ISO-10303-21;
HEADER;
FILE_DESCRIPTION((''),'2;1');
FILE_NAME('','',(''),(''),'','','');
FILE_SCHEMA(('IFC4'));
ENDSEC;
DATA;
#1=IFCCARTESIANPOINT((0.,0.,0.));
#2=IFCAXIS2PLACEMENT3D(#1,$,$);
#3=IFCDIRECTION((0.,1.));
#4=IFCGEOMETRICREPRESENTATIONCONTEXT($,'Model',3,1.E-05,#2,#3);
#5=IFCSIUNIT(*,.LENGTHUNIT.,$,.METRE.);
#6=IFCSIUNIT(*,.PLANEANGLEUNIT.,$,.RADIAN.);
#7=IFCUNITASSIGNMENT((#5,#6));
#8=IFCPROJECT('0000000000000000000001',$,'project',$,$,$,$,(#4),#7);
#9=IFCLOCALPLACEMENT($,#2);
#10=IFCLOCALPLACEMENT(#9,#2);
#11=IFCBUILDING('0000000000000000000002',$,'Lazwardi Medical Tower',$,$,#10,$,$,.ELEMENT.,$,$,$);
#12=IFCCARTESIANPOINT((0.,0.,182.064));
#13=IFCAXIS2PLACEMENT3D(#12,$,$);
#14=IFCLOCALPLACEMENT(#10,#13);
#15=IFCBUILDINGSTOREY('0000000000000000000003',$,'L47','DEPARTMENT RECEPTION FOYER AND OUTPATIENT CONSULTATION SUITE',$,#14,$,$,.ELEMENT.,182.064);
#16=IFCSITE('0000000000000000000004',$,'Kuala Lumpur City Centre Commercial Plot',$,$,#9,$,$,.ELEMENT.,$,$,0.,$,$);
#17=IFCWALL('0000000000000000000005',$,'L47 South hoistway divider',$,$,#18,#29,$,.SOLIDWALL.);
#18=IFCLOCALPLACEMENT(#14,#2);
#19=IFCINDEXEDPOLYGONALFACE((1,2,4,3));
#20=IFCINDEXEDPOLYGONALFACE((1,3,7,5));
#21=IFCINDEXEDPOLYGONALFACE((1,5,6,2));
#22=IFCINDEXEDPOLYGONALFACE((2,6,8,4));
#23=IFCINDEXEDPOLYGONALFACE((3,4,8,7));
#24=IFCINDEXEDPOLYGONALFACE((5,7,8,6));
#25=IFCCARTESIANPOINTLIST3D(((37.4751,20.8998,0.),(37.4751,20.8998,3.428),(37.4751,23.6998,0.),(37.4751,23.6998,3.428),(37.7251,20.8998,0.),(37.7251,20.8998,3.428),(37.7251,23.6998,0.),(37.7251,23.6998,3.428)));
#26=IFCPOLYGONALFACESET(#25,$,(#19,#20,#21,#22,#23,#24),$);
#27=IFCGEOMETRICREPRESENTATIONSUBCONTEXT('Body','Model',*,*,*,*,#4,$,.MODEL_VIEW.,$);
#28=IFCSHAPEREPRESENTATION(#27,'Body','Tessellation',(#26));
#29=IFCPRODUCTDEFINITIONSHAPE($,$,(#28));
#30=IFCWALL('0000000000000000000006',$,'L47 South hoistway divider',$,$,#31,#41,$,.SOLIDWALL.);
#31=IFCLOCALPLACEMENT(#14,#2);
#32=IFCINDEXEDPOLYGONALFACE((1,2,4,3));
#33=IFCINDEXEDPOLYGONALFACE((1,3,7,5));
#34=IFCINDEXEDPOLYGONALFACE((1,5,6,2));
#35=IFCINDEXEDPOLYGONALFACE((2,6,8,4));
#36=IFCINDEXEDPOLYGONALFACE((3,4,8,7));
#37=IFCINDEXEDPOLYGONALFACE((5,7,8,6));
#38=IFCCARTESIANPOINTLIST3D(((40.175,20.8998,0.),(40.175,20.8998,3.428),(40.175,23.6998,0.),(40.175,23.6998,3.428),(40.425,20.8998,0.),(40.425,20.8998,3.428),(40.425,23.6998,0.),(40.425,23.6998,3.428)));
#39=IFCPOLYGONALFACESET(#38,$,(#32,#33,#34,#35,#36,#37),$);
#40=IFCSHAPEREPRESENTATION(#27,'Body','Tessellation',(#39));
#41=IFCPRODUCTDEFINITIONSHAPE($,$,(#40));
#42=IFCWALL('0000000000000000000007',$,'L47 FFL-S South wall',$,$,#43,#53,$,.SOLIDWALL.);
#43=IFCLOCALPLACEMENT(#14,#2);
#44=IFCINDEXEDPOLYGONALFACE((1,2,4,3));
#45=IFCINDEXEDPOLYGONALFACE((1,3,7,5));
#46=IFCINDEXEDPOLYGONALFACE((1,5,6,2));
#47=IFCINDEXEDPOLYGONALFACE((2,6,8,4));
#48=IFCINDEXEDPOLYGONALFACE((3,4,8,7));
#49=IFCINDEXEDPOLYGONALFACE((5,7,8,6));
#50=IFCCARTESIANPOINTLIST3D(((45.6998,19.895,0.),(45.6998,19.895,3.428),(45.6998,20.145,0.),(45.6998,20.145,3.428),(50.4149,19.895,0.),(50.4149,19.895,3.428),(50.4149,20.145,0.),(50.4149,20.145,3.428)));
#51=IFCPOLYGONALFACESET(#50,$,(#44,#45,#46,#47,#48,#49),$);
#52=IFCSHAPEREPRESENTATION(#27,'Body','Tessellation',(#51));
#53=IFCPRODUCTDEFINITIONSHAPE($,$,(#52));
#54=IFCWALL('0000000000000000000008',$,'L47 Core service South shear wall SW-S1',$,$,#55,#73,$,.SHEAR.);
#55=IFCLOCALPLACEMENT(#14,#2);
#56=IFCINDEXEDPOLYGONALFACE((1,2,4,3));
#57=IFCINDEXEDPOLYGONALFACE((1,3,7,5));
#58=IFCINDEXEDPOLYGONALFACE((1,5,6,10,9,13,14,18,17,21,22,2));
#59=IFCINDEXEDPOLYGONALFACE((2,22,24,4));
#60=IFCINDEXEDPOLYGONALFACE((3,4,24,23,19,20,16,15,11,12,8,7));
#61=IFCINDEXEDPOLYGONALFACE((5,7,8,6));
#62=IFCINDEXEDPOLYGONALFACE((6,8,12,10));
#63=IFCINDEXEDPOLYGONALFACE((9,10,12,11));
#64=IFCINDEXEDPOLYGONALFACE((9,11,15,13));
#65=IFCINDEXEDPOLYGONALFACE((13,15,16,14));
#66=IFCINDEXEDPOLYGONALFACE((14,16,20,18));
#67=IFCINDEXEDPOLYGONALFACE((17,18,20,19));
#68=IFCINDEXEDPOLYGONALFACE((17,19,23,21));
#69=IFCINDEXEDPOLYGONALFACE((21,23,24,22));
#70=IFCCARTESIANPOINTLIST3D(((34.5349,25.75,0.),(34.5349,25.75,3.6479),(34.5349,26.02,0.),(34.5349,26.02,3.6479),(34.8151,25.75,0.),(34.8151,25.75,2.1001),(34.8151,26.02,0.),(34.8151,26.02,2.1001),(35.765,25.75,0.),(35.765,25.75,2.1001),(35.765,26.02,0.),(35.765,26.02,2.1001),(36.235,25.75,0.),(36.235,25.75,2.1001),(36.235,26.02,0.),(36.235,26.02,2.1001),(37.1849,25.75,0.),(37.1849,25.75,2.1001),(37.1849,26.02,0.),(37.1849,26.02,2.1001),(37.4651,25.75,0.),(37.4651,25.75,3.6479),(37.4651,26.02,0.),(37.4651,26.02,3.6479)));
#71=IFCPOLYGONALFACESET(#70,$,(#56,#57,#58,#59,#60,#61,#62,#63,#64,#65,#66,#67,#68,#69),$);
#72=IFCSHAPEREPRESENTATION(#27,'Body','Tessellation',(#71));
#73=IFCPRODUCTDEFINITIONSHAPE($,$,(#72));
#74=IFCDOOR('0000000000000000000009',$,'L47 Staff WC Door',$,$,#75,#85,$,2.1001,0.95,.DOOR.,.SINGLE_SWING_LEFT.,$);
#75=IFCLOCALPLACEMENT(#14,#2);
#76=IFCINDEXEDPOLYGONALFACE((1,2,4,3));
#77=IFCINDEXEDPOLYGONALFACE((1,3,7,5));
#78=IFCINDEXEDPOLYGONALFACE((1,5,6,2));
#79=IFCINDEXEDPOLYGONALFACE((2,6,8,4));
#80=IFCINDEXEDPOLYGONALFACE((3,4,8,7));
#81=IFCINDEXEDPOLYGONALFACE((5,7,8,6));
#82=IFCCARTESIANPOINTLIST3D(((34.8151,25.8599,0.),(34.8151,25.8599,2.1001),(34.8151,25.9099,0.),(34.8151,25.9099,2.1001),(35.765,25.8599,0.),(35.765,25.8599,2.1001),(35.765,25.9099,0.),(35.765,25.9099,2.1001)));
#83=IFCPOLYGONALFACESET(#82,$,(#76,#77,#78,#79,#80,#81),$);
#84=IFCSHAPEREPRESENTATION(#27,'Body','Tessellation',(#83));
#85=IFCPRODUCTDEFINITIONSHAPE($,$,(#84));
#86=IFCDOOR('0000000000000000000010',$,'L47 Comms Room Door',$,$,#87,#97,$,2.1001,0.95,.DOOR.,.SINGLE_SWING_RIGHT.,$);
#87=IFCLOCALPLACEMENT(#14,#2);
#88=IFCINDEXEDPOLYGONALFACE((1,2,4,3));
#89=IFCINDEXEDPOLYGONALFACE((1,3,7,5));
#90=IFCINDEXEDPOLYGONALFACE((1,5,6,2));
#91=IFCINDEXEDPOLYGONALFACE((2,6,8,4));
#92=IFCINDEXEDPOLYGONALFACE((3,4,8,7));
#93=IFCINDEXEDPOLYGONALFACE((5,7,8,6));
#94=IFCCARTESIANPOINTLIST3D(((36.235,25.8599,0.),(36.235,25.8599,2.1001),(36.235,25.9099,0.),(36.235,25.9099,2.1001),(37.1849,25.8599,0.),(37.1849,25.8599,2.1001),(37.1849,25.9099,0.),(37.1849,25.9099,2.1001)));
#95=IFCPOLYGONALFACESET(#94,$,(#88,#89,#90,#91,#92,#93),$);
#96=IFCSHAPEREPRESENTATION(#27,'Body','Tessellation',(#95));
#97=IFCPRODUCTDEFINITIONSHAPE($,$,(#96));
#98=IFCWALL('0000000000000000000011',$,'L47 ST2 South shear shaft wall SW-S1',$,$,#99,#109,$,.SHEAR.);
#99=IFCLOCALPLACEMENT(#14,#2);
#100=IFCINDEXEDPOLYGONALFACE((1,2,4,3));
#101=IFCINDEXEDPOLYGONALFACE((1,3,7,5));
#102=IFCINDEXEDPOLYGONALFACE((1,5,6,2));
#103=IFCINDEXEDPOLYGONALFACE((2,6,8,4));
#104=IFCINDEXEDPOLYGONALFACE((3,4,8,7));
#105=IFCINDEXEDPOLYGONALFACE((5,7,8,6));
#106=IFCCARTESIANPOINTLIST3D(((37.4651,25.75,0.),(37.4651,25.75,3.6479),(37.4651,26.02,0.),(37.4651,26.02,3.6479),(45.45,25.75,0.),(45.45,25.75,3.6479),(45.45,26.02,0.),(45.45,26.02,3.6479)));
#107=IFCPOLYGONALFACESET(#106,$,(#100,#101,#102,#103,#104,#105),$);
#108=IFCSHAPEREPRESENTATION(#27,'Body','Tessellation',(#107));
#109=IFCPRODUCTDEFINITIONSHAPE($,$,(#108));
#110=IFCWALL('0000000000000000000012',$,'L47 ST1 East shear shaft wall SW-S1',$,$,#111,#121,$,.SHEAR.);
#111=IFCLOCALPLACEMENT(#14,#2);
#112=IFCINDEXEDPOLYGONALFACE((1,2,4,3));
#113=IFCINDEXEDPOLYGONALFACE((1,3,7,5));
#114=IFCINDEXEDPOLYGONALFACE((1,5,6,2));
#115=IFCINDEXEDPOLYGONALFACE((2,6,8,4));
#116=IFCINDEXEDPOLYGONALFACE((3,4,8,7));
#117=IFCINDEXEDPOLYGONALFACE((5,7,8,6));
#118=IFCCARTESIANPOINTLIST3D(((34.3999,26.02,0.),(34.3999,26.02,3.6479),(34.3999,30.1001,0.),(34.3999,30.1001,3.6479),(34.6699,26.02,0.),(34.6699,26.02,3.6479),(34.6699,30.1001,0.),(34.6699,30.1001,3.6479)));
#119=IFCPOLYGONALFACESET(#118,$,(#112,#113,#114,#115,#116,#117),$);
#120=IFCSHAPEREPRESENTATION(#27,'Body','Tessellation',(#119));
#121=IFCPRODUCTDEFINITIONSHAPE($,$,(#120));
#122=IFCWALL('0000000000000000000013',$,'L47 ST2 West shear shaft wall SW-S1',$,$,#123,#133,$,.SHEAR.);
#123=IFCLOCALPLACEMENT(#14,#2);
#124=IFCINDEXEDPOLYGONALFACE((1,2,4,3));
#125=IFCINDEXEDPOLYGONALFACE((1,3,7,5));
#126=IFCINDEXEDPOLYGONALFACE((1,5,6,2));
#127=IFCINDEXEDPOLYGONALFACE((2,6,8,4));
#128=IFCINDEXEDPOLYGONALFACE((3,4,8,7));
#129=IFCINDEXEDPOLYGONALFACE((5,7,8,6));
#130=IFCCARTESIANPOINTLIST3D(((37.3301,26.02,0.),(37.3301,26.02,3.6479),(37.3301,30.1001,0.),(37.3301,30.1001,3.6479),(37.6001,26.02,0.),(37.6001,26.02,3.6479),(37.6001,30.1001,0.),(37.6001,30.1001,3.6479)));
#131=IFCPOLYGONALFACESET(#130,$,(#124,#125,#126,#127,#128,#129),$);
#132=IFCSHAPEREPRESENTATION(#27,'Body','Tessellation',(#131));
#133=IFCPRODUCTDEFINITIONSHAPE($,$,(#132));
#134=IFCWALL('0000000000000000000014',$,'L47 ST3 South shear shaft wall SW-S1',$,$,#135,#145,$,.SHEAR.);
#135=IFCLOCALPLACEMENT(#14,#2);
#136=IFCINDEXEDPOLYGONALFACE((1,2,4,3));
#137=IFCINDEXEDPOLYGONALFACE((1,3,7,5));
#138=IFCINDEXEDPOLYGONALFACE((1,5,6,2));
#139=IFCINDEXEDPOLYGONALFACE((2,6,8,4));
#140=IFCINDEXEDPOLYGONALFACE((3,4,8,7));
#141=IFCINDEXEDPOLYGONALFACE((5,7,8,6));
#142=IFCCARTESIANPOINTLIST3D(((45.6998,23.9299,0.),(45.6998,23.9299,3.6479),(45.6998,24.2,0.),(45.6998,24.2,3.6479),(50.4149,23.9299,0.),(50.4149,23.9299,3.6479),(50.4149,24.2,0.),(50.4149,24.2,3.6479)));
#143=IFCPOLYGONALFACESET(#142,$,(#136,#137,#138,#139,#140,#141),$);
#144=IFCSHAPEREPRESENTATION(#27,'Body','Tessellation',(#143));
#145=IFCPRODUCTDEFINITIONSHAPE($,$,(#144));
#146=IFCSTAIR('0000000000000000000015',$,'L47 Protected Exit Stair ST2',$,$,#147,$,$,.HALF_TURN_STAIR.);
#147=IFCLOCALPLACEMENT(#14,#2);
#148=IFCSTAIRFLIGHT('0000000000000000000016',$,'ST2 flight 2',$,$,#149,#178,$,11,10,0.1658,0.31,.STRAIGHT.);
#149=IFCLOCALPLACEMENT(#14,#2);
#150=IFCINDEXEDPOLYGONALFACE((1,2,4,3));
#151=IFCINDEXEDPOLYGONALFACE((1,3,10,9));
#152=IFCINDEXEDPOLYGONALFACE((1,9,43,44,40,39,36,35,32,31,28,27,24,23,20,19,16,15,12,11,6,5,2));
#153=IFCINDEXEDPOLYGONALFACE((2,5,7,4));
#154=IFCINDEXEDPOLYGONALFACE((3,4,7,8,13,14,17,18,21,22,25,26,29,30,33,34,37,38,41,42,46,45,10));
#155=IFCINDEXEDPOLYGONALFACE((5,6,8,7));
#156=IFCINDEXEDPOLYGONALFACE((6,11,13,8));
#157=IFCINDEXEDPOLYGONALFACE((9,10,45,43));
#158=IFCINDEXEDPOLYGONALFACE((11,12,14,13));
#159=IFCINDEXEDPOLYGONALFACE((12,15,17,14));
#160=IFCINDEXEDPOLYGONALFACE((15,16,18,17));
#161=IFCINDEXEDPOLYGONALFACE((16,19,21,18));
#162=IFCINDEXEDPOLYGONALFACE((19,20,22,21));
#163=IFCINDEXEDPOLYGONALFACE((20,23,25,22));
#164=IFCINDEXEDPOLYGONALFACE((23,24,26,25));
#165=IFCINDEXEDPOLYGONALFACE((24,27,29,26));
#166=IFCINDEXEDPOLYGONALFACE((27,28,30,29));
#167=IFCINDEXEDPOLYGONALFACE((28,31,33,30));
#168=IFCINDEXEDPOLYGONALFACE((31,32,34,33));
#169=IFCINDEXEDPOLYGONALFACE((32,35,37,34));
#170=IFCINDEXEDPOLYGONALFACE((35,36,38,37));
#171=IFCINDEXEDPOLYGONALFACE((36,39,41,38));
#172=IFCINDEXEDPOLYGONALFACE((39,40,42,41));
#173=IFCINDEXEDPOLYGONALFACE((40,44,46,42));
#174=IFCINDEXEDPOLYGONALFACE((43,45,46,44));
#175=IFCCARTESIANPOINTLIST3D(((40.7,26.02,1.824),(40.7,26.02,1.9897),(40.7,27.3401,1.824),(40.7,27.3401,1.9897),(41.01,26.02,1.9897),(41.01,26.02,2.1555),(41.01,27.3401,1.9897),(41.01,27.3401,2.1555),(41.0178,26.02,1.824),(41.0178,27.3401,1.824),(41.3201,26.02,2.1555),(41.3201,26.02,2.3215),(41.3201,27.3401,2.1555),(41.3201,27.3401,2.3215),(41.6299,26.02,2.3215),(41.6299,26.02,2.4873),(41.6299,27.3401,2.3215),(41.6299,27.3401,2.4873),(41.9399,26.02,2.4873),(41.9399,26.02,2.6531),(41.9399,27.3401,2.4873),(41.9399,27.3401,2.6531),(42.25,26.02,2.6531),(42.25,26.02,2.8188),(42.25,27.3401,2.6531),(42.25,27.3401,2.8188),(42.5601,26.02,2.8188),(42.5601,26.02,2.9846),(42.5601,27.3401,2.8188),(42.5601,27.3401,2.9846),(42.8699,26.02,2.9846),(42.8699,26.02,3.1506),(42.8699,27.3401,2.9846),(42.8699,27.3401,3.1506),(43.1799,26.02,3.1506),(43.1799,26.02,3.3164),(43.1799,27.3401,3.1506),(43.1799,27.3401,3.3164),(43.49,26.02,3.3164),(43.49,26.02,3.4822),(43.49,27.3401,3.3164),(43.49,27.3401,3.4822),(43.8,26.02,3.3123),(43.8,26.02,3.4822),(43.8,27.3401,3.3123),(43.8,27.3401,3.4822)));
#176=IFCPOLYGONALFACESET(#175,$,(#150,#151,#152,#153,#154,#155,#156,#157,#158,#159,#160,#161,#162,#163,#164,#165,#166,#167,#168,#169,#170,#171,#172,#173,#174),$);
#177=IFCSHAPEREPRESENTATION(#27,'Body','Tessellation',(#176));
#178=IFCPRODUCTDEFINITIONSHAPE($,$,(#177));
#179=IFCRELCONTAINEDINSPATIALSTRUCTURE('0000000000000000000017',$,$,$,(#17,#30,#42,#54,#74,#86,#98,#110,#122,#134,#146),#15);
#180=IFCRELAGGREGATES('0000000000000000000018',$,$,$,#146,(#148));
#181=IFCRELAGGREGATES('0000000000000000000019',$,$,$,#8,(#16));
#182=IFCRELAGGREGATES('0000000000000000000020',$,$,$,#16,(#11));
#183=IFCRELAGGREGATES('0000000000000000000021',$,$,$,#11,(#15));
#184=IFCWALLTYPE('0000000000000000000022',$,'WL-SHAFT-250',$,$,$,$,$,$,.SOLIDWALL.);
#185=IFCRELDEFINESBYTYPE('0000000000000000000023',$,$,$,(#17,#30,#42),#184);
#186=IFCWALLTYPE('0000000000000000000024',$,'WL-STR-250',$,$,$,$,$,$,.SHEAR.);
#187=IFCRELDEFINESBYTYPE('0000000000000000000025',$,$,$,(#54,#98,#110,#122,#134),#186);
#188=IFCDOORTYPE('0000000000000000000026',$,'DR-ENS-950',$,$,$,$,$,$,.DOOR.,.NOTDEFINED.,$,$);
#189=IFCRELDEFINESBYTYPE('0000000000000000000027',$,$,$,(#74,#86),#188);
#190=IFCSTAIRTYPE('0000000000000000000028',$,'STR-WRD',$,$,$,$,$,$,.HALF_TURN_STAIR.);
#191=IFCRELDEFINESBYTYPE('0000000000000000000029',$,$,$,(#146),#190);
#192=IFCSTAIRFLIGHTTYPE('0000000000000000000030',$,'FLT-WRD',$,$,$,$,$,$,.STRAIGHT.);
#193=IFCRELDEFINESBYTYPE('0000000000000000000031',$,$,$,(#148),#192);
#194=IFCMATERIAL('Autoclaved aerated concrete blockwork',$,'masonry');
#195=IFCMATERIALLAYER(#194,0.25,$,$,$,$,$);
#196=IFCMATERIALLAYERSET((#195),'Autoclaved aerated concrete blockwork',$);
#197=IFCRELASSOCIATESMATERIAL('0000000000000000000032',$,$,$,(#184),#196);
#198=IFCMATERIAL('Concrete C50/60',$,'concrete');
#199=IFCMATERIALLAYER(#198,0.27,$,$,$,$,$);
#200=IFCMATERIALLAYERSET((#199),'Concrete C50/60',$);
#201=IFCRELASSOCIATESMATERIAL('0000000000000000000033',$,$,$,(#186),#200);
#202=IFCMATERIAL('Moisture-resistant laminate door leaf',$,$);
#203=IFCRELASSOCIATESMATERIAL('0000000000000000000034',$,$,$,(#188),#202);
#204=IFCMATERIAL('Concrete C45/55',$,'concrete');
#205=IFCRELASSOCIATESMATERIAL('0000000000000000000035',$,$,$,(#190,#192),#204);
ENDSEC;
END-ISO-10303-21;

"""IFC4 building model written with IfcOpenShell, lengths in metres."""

from ifc_helpers import new_model, si_unit, direction, frame, frame_2d, origin, place, context, subcontext, project, spatial, polyline, rectangle, outline, extrude, material, layer, layer_set, type_object, element, fill, aggregate, save


model = new_model("IFC4")

# Units and contexts
model_context = context("Model", 3, precision=1e-05, world=origin(), true_north=direction((0.0, 1.0)))
body_context = subcontext(model_context, "Body", "Model", "MODEL_VIEW")
ifc_project = project(units=[si_unit("LENGTHUNIT", "METRE"), si_unit("PLANEANGLEUNIT", "RADIAN")], contexts=[model_context])

# Site, building, storey
site_placement = place(None, origin())
site = spatial("IfcSite", under=ifc_project, at=site_placement, Name="Kuala Lumpur City Centre Commercial Plot", CompositionType="ELEMENT", RefElevation=0.0)
building_placement = place(site_placement, origin())
building = spatial("IfcBuilding", under=site, at=building_placement, Name="Lazwardi Medical Tower", CompositionType="ELEMENT")
storey_placement = place(building_placement, frame((0.0, 0.0, 182.064)))
storey = spatial("IfcBuildingStorey", under=building, at=storey_placement, Name="L47", Description="DEPARTMENT RECEPTION FOYER AND OUTPATIENT CONSULTATION SUITE", CompositionType="ELEMENT", Elevation=182.064)

# Walls
ifc_material_1 = material(Name="Autoclaved aerated concrete blockwork", Category="masonry")
ifc_layer_1 = layer(ifc_material_1, 0.25)
ifc_layer_set_1 = layer_set([ifc_layer_1], Name="Autoclaved aerated concrete blockwork")
wall_type_1 = type_object("IfcWallType", Name="WL-SHAFT-250", PredefinedType="SOLIDWALL", material=ifc_layer_set_1)
for number, where, z_axis, x_axis, name in (
    (1, (37.6001, 20.8999, 0.0), (0.0, 0.0, 1.0), (0.0, 1.0, 0.0), "L47 South hoistway divider"),
    (2, (40.3, 20.8999, 0.0), (0.0, 0.0, 1.0), (0.0, 1.0, 0.0), "L47 South hoistway divider"),
):
    element("IfcWall", number, at=place(storey_placement, frame(where, z_axis=z_axis, x_axis=x_axis)), inside=storey, type_object=wall_type_1, Name=name, PredefinedType="SOLIDWALL", context=body_context, shape_type="SweptSolid", body=[
        extrude(rectangle(XDim=2.8, YDim=0.25, at=frame_2d((1.3999, 0.0))), origin(), (0.0, 0.0, 1.0), 3.428),
    ])
wall_1_placement = place(storey_placement, frame((45.7, 20.02, 0.0), z_axis=(0.0, 0.0, 1.0), x_axis=(1.0, 0.0, 0.0)))
element("IfcWall", 3, at=wall_1_placement, inside=storey, type_object=wall_type_1, Name="L47 FFL-S South wall", PredefinedType="SOLIDWALL", context=body_context, shape_type="SweptSolid", body=[
    extrude(rectangle(XDim=4.7151, YDim=0.25, at=frame_2d((2.3574, 0.0))), origin(), (0.0, 0.0, 1.0), 3.428),
])

# Wall, openings, doors
ifc_material_2 = material(Name="Concrete C50/60", Category="concrete")
ifc_layer_2 = layer(ifc_material_2, 0.27)
ifc_layer_set_2 = layer_set([ifc_layer_2], Name="Concrete C50/60")
wall_type_2 = type_object("IfcWallType", Name="WL-STR-250", PredefinedType="SHEAR", material=ifc_layer_set_2)
wall_2_placement = place(storey_placement, frame((34.5349, 25.885, 0.0), z_axis=(0.0, 0.0, 1.0), x_axis=(1.0, 0.0, 0.0)))
wall_2 = element("IfcWall", 4, at=wall_2_placement, inside=storey, type_object=wall_type_2, Name="L47 Core service South shear wall SW-S1", PredefinedType="SHEAR", context=body_context, shape_type="SweptSolid", body=[
    extrude(rectangle(XDim=2.9302, YDim=0.27, at=frame_2d((1.4651, 0.0))), origin(), (0.0, 0.0, 1.0), 3.6479),
])
opening_1_placement = place(wall_2_placement, frame((0.28, 0.0, 0.0)))
opening_1 = element("IfcOpeningElement", 5, at=opening_1_placement, cuts=wall_2, PredefinedType="OPENING", context=body_context, shape_type="SweptSolid", body=[
    extrude(rectangle(XDim=0.95, YDim=2.1001, at=frame_2d((0.4751, 1.05))), frame((0.0, 0.145, 0.0), z_axis=(0.0, -1.0, 0.0), x_axis=(1.0, 0.0, 0.0)), (0.0, 0.0, 1.0), 0.29),
])
opening_2_placement = place(wall_2_placement, frame((1.7, 0.0, 0.0)))
opening_2 = element("IfcOpeningElement", 6, at=opening_2_placement, cuts=wall_2, PredefinedType="OPENING", context=body_context, shape_type="SweptSolid", body=[
    extrude(rectangle(XDim=0.95, YDim=2.1001, at=frame_2d((0.4751, 1.05))), frame((0.0, 0.145, 0.0), z_axis=(0.0, -1.0, 0.0), x_axis=(1.0, 0.0, 0.0)), (0.0, 0.0, 1.0), 0.29),
])
ifc_material_3 = material(Name="Moisture-resistant laminate door leaf")
door_type_1 = type_object("IfcDoorType", Name="DR-ENS-950", OperationType="NOTDEFINED", PredefinedType="DOOR", material=ifc_material_3)
door_1_placement = place(opening_1_placement, origin())
door_1 = element("IfcDoor", 7, at=door_1_placement, inside=storey, type_object=door_type_1, Name="L47 Staff WC Door", OperationType="SINGLE_SWING_LEFT", OverallHeight=2.1001, OverallWidth=0.95, PredefinedType="DOOR", context=body_context, shape_type="SweptSolid", body=[
    extrude(rectangle(XDim=0.95, YDim=2.1001, at=frame_2d((0.4751, 1.05))), frame((0.0, 0.0249, 0.0), z_axis=(0.0, -1.0, 0.0), x_axis=(1.0, 0.0, 0.0)), (0.0, 0.0, 1.0), 0.05),
])
fill(opening_1, door_1)
door_2_placement = place(opening_2_placement, origin())
door_2 = element("IfcDoor", 8, at=door_2_placement, inside=storey, type_object=door_type_1, Name="L47 Comms Room Door", OperationType="SINGLE_SWING_RIGHT", OverallHeight=2.1001, OverallWidth=0.95, PredefinedType="DOOR", context=body_context, shape_type="SweptSolid", body=[
    extrude(rectangle(XDim=0.95, YDim=2.1001, at=frame_2d((0.4751, 1.05))), frame((0.0, 0.0249, 0.0), z_axis=(0.0, -1.0, 0.0), x_axis=(1.0, 0.0, 0.0)), (0.0, 0.0, 1.0), 0.05),
])
fill(opening_2, door_2)

# Walls
wall_3_placement = place(storey_placement, frame((37.4651, 25.885, 0.0), z_axis=(0.0, 0.0, 1.0), x_axis=(1.0, 0.0, 0.0)))
element("IfcWall", 9, at=wall_3_placement, inside=storey, type_object=wall_type_2, Name="L47 ST2 South shear shaft wall SW-S1", PredefinedType="SHEAR", context=body_context, shape_type="SweptSolid", body=[
    extrude(rectangle(XDim=7.9849, YDim=0.27, at=frame_2d((3.9924, 0.0))), origin(), (0.0, 0.0, 1.0), 3.6479),
])
for number, where, z_axis, x_axis, name in (
    (10, (34.5349, 26.02, 0.0), (0.0, 0.0, 1.0), (0.0, 1.0, 0.0), "L47 ST1 East shear shaft wall SW-S1"),
    (11, (37.4651, 26.02, 0.0), (0.0, 0.0, 1.0), (0.0, 1.0, 0.0), "L47 ST2 West shear shaft wall SW-S1"),
):
    element("IfcWall", number, at=place(storey_placement, frame(where, z_axis=z_axis, x_axis=x_axis)), inside=storey, type_object=wall_type_2, Name=name, PredefinedType="SHEAR", context=body_context, shape_type="SweptSolid", body=[
        extrude(rectangle(XDim=4.0801, YDim=0.27, at=frame_2d((2.04, 0.0))), origin(), (0.0, 0.0, 1.0), 3.6479),
    ])
wall_4_placement = place(storey_placement, frame((45.7, 24.0649, 0.0), z_axis=(0.0, 0.0, 1.0), x_axis=(1.0, 0.0, 0.0)))
element("IfcWall", 12, at=wall_4_placement, inside=storey, type_object=wall_type_2, Name="L47 ST3 South shear shaft wall SW-S1", PredefinedType="SHEAR", context=body_context, shape_type="SweptSolid", body=[
    extrude(rectangle(XDim=4.7151, YDim=0.27, at=frame_2d((2.3574, 0.0))), origin(), (0.0, 0.0, 1.0), 3.6479),
])

# Stair, stair flight
ifc_material_4 = material(Name="Concrete C45/55", Category="concrete")
stair_type = type_object("IfcStairType", Name="STR-WRD", PredefinedType="HALF_TURN_STAIR", material=ifc_material_4)
stair_placement = place(storey_placement, origin())
stair = element("IfcStair", 13, at=stair_placement, inside=storey, type_object=stair_type, Name="L47 Protected Exit Stair ST2", PredefinedType="HALF_TURN_STAIR")
stair_flight_type = type_object("IfcStairFlightType", Name="FLT-WRD", PredefinedType="STRAIGHT", material=ifc_material_4)
stair_flight_placement = place(storey_placement, frame((40.7, 26.6799, 1.824), z_axis=(0.0, 0.0, 1.0), x_axis=(1.0, 0.0, 0.0)))
stair_flight = element("IfcStairFlight", 14, at=stair_flight_placement, type_object=stair_flight_type, Name="ST2 flight 2", NumberOfRisers=11, NumberOfTreads=10, PredefinedType="STRAIGHT", RiserHeight=0.1658, TreadLength=0.31, context=body_context, shape_type="SweptSolid", body=[
    extrude(outline(polyline([(0.0, 0.0), (0.0, 0.1658), (0.3101, 0.1658), (0.3101, 0.3315), (0.6201, 0.3315), (0.6201, 0.4976), (0.9299, 0.4976), (0.9299, 0.6633), (1.24, 0.6633), (1.24, 0.8291), (1.55, 0.8291), (1.55, 0.9949), (1.8601, 0.9949), (1.8601, 1.1606), (2.1699, 1.1606), (2.1699, 1.3267), (2.48, 1.3267), (2.48, 1.4924), (2.79, 1.4924), (2.79, 1.6582), (3.1001, 1.6582), (3.1001, 1.824), (3.1001, 1.4883), (0.3179, 0.0), (0.0, 0.0)])), frame((0.0, 0.6602, 0.0), z_axis=(0.0, -1.0, 0.0), x_axis=(1.0, 0.0, 0.0)), (0.0, 0.0, 1.0), 1.3201),
])
aggregate(stair, [stair_flight])

save(model, "model.ifc")
